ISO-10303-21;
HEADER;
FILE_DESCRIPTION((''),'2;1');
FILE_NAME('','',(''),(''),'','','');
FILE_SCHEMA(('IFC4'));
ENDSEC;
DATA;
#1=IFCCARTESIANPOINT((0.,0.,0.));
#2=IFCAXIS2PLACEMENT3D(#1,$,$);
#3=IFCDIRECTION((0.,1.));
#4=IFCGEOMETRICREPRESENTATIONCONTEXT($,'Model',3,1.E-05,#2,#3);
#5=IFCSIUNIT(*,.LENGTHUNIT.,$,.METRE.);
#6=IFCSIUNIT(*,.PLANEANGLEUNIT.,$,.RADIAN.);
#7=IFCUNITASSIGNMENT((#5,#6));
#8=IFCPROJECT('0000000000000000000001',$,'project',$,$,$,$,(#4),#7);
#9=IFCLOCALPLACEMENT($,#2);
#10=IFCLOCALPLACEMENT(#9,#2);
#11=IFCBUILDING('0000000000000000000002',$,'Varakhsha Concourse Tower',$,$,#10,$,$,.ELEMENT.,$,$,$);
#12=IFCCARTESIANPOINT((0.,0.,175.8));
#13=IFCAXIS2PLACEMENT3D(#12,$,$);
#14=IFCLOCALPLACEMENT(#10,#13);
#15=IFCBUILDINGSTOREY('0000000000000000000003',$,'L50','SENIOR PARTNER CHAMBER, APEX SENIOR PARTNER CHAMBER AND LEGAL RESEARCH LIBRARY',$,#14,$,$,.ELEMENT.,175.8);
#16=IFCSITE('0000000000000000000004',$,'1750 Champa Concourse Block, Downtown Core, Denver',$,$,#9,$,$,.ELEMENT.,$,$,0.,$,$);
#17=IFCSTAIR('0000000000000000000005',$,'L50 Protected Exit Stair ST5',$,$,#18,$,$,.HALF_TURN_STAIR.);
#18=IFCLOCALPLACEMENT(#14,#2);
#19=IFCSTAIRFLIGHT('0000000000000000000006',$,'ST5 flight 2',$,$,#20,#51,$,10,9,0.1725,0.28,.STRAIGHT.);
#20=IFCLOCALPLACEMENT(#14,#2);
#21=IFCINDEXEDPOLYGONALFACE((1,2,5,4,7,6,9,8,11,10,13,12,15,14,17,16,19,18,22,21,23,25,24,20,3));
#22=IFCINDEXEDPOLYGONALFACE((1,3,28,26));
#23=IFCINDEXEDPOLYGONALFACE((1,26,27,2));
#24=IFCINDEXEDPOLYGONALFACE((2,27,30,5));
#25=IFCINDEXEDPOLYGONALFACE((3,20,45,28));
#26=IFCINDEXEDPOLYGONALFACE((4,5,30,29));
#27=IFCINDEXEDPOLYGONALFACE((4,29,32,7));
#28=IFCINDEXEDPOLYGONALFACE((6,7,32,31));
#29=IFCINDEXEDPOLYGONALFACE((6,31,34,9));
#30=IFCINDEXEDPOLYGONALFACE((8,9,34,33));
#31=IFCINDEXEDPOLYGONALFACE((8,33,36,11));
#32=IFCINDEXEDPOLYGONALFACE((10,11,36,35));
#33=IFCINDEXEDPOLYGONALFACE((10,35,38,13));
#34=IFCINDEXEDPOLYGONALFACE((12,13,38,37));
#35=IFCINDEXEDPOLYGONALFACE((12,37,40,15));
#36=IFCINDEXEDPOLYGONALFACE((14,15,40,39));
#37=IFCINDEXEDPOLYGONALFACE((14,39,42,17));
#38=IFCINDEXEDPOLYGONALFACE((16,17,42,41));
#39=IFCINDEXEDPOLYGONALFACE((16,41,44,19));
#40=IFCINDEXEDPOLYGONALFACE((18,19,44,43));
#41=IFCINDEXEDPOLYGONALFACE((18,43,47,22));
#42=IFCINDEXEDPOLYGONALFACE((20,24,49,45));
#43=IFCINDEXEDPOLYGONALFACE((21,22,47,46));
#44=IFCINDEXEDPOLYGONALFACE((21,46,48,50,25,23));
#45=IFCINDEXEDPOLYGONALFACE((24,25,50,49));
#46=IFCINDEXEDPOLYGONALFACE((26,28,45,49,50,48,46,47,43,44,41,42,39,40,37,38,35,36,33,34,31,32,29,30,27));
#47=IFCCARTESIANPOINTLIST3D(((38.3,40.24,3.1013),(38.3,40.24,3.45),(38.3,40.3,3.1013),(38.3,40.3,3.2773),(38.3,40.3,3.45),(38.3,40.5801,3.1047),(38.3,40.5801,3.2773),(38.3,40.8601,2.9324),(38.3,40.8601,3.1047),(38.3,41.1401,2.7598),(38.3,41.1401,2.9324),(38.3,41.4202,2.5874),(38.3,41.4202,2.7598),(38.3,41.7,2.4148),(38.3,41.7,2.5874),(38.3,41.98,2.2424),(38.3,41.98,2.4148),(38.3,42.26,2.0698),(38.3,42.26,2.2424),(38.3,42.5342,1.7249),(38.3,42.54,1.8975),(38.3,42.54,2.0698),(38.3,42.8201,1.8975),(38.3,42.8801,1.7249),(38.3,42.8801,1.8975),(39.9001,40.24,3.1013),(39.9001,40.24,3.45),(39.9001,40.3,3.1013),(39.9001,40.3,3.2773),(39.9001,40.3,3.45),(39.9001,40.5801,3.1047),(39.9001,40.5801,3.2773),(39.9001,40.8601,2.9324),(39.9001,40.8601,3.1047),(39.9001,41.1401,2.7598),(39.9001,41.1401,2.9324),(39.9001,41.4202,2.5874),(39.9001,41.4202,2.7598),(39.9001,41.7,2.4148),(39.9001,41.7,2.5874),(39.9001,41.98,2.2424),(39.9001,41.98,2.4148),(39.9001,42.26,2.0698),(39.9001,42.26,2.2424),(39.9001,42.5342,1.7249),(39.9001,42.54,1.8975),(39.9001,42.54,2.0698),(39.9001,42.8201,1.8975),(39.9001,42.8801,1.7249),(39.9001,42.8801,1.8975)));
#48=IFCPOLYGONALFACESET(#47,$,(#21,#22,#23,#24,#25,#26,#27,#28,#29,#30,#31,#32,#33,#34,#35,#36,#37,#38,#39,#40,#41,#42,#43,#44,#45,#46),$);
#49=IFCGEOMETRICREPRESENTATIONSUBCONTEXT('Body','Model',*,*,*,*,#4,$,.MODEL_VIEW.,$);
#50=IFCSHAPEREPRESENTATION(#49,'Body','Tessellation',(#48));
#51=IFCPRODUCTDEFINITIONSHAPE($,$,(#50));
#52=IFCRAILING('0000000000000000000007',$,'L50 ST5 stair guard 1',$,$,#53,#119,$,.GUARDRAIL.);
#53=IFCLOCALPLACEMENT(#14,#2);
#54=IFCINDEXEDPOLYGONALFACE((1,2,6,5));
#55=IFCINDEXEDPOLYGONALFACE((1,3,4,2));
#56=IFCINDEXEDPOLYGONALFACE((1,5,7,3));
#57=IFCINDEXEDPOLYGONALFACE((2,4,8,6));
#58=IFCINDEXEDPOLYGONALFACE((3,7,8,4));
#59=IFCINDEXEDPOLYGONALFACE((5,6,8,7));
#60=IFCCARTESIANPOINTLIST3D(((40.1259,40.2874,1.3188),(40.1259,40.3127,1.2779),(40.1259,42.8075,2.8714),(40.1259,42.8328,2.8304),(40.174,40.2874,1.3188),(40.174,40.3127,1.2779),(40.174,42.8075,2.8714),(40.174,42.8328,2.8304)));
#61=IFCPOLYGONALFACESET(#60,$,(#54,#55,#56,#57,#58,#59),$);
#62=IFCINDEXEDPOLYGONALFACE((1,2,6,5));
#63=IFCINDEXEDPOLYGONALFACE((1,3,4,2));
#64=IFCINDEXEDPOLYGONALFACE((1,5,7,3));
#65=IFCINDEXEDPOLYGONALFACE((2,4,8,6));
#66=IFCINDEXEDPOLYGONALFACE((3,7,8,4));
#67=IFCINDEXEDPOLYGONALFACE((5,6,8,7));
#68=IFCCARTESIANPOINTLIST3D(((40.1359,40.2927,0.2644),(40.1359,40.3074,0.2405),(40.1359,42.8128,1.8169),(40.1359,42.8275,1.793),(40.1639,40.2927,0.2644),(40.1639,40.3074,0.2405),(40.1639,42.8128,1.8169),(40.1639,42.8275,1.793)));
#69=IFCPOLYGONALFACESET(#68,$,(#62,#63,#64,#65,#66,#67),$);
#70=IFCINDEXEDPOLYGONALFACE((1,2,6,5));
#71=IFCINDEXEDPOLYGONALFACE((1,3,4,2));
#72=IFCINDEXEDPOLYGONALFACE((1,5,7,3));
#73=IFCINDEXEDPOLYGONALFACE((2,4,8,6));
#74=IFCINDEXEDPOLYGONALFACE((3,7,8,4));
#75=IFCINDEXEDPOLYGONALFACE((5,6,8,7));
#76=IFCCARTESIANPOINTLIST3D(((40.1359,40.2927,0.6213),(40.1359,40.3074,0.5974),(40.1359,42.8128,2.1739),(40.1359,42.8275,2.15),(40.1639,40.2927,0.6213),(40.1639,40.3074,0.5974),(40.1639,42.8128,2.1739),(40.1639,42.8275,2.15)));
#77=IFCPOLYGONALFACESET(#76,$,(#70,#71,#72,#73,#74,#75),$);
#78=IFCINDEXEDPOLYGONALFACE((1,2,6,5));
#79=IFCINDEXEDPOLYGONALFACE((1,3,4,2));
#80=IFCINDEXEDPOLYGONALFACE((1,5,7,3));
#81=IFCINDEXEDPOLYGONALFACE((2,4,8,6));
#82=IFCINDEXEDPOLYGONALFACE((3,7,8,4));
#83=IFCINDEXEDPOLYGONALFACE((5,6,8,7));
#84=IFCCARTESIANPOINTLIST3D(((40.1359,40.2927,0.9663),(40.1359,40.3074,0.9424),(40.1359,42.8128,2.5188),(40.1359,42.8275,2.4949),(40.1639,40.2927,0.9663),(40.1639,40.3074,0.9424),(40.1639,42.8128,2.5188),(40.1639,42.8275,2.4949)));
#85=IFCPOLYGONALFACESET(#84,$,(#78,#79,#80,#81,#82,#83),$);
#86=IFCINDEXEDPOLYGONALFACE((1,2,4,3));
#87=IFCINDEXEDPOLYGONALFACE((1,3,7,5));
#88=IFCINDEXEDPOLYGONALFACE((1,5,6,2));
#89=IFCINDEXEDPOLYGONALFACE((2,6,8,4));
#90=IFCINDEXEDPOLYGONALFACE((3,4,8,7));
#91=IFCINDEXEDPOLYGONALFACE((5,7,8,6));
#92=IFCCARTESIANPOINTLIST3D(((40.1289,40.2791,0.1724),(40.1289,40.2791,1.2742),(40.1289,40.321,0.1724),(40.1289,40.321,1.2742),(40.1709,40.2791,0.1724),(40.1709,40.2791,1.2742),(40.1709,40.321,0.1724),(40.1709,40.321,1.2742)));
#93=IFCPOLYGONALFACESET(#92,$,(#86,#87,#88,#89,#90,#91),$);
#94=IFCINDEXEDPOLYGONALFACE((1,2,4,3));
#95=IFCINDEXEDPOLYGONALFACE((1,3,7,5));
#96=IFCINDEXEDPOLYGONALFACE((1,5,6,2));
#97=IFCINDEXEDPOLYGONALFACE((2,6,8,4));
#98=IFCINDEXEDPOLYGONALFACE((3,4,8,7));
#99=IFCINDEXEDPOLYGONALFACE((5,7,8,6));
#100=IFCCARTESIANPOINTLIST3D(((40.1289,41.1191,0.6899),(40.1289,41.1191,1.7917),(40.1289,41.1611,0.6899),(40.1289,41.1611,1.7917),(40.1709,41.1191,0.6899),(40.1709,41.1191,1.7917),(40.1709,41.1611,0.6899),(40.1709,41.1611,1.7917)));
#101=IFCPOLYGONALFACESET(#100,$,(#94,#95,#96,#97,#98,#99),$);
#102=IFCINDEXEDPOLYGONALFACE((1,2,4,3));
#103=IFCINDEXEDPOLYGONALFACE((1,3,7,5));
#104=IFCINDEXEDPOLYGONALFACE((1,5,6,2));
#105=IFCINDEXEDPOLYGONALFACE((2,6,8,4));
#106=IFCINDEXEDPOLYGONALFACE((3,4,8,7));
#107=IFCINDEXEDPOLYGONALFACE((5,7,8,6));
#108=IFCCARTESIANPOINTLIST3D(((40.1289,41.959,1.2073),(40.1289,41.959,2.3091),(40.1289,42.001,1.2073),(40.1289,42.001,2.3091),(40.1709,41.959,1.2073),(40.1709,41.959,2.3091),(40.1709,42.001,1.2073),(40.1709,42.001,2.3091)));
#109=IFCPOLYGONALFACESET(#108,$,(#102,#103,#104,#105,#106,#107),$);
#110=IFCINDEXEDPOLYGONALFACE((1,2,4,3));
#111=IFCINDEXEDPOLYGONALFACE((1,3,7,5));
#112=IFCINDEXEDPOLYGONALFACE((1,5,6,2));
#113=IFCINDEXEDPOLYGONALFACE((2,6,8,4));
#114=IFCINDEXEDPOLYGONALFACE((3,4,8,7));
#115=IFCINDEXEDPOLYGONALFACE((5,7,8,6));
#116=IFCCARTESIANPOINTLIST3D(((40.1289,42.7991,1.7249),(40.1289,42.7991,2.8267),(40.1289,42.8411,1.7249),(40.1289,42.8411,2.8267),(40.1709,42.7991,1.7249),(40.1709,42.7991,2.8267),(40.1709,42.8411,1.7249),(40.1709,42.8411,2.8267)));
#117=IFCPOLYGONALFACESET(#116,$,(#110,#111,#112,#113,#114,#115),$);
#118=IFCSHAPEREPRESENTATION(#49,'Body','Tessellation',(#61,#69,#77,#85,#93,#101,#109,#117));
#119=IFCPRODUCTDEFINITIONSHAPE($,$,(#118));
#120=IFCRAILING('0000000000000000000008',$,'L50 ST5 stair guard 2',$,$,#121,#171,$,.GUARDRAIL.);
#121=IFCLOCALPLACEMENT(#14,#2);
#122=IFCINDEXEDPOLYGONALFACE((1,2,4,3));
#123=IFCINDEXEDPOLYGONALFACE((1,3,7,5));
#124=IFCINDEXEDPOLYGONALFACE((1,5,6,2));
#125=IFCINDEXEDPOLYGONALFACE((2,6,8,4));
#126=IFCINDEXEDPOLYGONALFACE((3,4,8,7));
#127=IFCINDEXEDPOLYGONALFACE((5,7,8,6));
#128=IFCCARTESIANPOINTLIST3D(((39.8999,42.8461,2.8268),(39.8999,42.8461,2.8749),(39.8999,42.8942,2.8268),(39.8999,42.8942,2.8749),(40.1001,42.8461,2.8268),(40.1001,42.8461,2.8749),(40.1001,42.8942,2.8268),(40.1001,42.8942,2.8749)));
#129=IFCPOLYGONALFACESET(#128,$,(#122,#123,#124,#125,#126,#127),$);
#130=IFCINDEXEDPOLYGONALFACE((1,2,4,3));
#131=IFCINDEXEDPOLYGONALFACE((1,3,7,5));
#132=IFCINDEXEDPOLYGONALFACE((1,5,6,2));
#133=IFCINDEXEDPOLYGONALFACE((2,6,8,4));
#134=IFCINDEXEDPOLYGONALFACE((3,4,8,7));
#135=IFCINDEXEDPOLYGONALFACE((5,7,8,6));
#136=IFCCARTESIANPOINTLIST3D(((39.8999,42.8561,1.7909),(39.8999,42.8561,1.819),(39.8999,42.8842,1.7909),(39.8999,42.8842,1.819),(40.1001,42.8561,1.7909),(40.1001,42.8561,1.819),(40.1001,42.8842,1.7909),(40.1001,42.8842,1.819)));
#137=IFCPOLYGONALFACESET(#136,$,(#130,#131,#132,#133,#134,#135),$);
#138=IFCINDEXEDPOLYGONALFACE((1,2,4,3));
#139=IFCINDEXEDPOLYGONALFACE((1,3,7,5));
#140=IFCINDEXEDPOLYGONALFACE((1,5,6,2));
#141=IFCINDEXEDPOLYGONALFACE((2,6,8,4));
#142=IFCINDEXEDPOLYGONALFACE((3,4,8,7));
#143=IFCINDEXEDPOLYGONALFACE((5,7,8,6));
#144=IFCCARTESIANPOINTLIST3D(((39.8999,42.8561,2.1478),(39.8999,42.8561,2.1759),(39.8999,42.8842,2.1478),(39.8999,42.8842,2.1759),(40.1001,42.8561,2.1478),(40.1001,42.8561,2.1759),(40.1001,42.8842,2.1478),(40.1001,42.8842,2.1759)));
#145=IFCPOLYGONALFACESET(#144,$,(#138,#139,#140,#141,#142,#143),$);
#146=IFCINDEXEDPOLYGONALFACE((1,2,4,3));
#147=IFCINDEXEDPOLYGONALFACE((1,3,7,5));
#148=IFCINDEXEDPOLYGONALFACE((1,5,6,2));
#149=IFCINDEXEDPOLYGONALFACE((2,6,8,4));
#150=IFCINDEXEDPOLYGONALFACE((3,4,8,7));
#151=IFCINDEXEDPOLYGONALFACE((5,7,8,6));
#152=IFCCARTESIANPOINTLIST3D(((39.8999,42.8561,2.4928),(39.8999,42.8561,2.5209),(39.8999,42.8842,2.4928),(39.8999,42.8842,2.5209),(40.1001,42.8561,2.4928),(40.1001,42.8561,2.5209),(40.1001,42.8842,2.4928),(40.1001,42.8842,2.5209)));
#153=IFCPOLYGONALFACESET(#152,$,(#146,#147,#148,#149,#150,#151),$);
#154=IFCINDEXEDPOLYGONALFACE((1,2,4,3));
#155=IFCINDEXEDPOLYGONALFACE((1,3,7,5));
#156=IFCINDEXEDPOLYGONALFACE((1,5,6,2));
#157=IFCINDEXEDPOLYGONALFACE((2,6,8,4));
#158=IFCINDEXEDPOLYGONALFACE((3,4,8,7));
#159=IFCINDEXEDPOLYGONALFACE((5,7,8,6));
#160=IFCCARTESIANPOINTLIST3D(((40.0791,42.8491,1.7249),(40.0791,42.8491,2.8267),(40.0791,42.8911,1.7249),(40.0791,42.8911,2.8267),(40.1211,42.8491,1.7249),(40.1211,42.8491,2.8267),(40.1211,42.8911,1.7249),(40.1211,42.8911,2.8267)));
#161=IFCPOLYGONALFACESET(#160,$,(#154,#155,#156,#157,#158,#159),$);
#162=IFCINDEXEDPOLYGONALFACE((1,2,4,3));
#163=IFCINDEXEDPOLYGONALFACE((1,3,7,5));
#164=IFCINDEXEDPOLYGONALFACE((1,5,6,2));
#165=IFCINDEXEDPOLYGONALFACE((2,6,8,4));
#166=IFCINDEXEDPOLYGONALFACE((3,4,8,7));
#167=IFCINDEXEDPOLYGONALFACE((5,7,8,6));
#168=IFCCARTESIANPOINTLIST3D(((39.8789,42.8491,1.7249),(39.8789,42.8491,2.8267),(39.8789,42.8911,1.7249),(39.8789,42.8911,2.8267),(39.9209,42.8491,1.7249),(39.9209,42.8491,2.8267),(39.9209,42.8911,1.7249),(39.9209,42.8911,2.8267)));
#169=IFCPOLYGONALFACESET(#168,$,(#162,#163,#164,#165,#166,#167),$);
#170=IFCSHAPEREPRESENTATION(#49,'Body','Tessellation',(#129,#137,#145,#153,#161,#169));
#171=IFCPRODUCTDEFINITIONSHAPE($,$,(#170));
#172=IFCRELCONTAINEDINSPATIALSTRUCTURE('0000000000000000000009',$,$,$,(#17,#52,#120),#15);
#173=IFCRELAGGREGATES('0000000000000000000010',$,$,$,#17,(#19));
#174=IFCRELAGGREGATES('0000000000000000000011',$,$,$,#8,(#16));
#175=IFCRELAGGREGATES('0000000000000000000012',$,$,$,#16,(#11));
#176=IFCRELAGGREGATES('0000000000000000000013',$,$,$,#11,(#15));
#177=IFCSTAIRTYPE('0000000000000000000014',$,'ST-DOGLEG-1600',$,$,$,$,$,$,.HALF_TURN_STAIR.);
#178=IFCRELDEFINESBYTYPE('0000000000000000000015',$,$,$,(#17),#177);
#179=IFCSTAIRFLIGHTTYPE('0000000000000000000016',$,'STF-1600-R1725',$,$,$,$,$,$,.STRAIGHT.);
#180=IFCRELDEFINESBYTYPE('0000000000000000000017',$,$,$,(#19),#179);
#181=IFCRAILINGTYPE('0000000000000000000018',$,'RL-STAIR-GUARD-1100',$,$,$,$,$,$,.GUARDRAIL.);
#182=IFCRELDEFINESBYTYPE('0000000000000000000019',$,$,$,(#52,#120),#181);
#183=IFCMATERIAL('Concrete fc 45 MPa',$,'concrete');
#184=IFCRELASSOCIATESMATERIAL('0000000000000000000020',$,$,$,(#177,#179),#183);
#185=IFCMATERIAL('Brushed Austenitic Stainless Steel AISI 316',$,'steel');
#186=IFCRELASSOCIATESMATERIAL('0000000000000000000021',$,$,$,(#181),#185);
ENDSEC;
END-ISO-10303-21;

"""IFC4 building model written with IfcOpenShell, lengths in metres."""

from ifc_helpers import new_model, si_unit, direction, frame, origin, origin_2d, place, context, subcontext, project, spatial, polyline, rectangle, outline, extrude, material, type_object, element, aggregate, save


model = new_model("IFC4")

# Units and contexts
model_context = context("Model", 3, precision=1e-05, world=origin(), true_north=direction((0.0, 1.0)))
body_context = subcontext(model_context, "Body", "Model", "MODEL_VIEW")
ifc_project = project(units=[si_unit("LENGTHUNIT", "METRE"), si_unit("PLANEANGLEUNIT", "RADIAN")], contexts=[model_context])

# Site, building, storey
site_placement = place(None, origin())
site = spatial("IfcSite", under=ifc_project, at=site_placement, Name="1750 Champa Concourse Block, Downtown Core, Denver", CompositionType="ELEMENT", RefElevation=0.0)
building_placement = place(site_placement, origin())
building = spatial("IfcBuilding", under=site, at=building_placement, Name="Varakhsha Concourse Tower", CompositionType="ELEMENT")
storey_placement = place(building_placement, frame((0.0, 0.0, 175.8)))
storey = spatial("IfcBuildingStorey", under=building, at=storey_placement, Name="L50", Description="SENIOR PARTNER CHAMBER, APEX SENIOR PARTNER CHAMBER AND LEGAL RESEARCH LIBRARY", CompositionType="ELEMENT", Elevation=175.8)

# Shared definitions
ifc_material_1 = material(Name="Concrete fc 45 MPa", Category="concrete")

# Stair, stair flight
stair_type = type_object("IfcStairType", Name="ST-DOGLEG-1600", PredefinedType="HALF_TURN_STAIR", material=ifc_material_1)
stair_placement = place(storey_placement, origin())
stair = element("IfcStair", 1, at=stair_placement, inside=storey, type_object=stair_type, Name="L50 Protected Exit Stair ST5", PredefinedType="HALF_TURN_STAIR")
stair_flight_type = type_object("IfcStairFlightType", Name="STF-1600-R1725", PredefinedType="STRAIGHT", material=ifc_material_1)
stair_flight_1_placement = place(storey_placement, frame((39.1001, 42.8201, 1.7249), z_axis=(0.0, 0.0, 1.0), x_axis=(0.0, -1.0, 0.0)))
stair_flight_1 = element("IfcStairFlight", 2, at=stair_flight_1_placement, type_object=stair_flight_type, Name="ST5 flight 2", NumberOfRisers=10, NumberOfTreads=9, PredefinedType="STRAIGHT", RiserHeight=0.1725, TreadLength=0.28, context=body_context, shape_type="SweptSolid", body=[
    extrude(outline(polyline([(-0.0601, 0.0), (-0.0601, 0.1726), (0.0, 0.1726), (0.28, 0.1726), (0.28, 0.345), (0.5601, 0.345), (0.5601, 0.5176), (0.8401, 0.5176), (0.8401, 0.6899), (1.1201, 0.6899), (1.1201, 0.8625), (1.3999, 0.8625), (1.3999, 1.0349), (1.6799, 1.0349), (1.6799, 1.2075), (1.96, 1.2075), (1.96, 1.3799), (2.24, 1.3799), (2.24, 1.5525), (2.52, 1.5525), (2.52, 1.7251), (2.5801, 1.7251), (2.5801, 1.3765), (2.52, 1.3765), (0.2859, 0.0), (-0.0601, 0.0)])), frame((0.0, 0.8, 0.0), z_axis=(0.0, -1.0, 0.0), x_axis=(1.0, 0.0, 0.0)), (0.0, 0.0, 1.0), 1.6001),
])
aggregate(stair, [stair_flight_1])

# Railings
ifc_material_2 = material(Name="Brushed Austenitic Stainless Steel AISI 316", Category="steel")
railing_type_1 = type_object("IfcRailingType", Name="RL-STAIR-GUARD-1100", PredefinedType="GUARDRAIL", material=ifc_material_2)
railing_1_placement = place(storey_placement, frame((40.1499, 40.3, 0.1724)))
element("IfcRailing", 3, at=railing_1_placement, inside=storey, type_object=railing_type_1, Name="L50 ST5 stair guard 1", PredefinedType="GUARDRAIL", context=body_context, shape_type="SweptSolid", body=[
    extrude(rectangle(XDim=0.0481, YDim=0.0481, at=origin_2d()), frame((0.0, 0.0, 1.126), z_axis=(0.0, 0.8514, 0.524516), x_axis=(-1.0, 0.0, 0.0)), (0.0, 0.0, 1.0), 2.96),
    extrude(rectangle(XDim=0.0281, YDim=0.0281, at=origin_2d()), frame((0.0, 0.0, 0.0801), z_axis=(0.0, 0.8514, 0.524516), x_axis=(-1.0, 0.0, 0.0)), (0.0, 0.0, 1.0), 2.96),
    extrude(rectangle(XDim=0.0281, YDim=0.0281, at=origin_2d()), frame((0.0, 0.0, 0.437), z_axis=(0.0, 0.8514, 0.524516), x_axis=(-1.0, 0.0, 0.0)), (0.0, 0.0, 1.0), 2.96),
    extrude(rectangle(XDim=0.0281, YDim=0.0281, at=origin_2d()), frame((0.0, 0.0, 0.782), z_axis=(0.0, 0.8514, 0.524516), x_axis=(-1.0, 0.0, 0.0)), (0.0, 0.0, 1.0), 2.96),
    extrude(rectangle(XDim=0.042, YDim=0.042, at=origin_2d()), origin(), (0.0, 0.0, 1.0), 1.1018),
    extrude(rectangle(XDim=0.042, YDim=0.042, at=origin_2d()), frame((0.0, 0.8401, 0.5176)), (0.0, 0.0, 1.0), 1.1018),
    extrude(rectangle(XDim=0.042, YDim=0.042, at=origin_2d()), frame((0.0, 1.6799, 1.0349)), (0.0, 0.0, 1.0), 1.1018),
    extrude(rectangle(XDim=0.042, YDim=0.042, at=origin_2d()), frame((0.0, 2.52, 1.5525)), (0.0, 0.0, 1.0), 1.1018),
])
railing_2_placement = place(storey_placement, frame((40.1001, 42.8701, 1.7249)))
element("IfcRailing", 4, at=railing_2_placement, inside=storey, type_object=railing_type_1, Name="L50 ST5 stair guard 2", PredefinedType="GUARDRAIL", context=body_context, shape_type="SweptSolid", body=[
    extrude(rectangle(XDim=0.0481, YDim=0.0481, at=origin_2d()), frame((0.0, 0.0, 1.126), z_axis=(-1.0, 0.0, 0.0), x_axis=(0.0, -1.0, 0.0)), (0.0, 0.0, 1.0), 0.2002),
    extrude(rectangle(XDim=0.0281, YDim=0.0281, at=origin_2d()), frame((0.0, 0.0, 0.0801), z_axis=(-1.0, 0.0, 0.0), x_axis=(0.0, -1.0, 0.0)), (0.0, 0.0, 1.0), 0.2002),
    extrude(rectangle(XDim=0.0281, YDim=0.0281, at=origin_2d()), frame((0.0, 0.0, 0.437), z_axis=(-1.0, 0.0, 0.0), x_axis=(0.0, -1.0, 0.0)), (0.0, 0.0, 1.0), 0.2002),
    extrude(rectangle(XDim=0.0281, YDim=0.0281, at=origin_2d()), frame((0.0, 0.0, 0.782), z_axis=(-1.0, 0.0, 0.0), x_axis=(0.0, -1.0, 0.0)), (0.0, 0.0, 1.0), 0.2002),
    extrude(rectangle(XDim=0.042, YDim=0.042, at=origin_2d()), origin(), (0.0, 0.0, 1.0), 1.1018),
    extrude(rectangle(XDim=0.042, YDim=0.042, at=origin_2d()), frame((-0.2002, 0.0, 0.0)), (0.0, 0.0, 1.0), 1.1018),
])

save(model, "model.ifc")
